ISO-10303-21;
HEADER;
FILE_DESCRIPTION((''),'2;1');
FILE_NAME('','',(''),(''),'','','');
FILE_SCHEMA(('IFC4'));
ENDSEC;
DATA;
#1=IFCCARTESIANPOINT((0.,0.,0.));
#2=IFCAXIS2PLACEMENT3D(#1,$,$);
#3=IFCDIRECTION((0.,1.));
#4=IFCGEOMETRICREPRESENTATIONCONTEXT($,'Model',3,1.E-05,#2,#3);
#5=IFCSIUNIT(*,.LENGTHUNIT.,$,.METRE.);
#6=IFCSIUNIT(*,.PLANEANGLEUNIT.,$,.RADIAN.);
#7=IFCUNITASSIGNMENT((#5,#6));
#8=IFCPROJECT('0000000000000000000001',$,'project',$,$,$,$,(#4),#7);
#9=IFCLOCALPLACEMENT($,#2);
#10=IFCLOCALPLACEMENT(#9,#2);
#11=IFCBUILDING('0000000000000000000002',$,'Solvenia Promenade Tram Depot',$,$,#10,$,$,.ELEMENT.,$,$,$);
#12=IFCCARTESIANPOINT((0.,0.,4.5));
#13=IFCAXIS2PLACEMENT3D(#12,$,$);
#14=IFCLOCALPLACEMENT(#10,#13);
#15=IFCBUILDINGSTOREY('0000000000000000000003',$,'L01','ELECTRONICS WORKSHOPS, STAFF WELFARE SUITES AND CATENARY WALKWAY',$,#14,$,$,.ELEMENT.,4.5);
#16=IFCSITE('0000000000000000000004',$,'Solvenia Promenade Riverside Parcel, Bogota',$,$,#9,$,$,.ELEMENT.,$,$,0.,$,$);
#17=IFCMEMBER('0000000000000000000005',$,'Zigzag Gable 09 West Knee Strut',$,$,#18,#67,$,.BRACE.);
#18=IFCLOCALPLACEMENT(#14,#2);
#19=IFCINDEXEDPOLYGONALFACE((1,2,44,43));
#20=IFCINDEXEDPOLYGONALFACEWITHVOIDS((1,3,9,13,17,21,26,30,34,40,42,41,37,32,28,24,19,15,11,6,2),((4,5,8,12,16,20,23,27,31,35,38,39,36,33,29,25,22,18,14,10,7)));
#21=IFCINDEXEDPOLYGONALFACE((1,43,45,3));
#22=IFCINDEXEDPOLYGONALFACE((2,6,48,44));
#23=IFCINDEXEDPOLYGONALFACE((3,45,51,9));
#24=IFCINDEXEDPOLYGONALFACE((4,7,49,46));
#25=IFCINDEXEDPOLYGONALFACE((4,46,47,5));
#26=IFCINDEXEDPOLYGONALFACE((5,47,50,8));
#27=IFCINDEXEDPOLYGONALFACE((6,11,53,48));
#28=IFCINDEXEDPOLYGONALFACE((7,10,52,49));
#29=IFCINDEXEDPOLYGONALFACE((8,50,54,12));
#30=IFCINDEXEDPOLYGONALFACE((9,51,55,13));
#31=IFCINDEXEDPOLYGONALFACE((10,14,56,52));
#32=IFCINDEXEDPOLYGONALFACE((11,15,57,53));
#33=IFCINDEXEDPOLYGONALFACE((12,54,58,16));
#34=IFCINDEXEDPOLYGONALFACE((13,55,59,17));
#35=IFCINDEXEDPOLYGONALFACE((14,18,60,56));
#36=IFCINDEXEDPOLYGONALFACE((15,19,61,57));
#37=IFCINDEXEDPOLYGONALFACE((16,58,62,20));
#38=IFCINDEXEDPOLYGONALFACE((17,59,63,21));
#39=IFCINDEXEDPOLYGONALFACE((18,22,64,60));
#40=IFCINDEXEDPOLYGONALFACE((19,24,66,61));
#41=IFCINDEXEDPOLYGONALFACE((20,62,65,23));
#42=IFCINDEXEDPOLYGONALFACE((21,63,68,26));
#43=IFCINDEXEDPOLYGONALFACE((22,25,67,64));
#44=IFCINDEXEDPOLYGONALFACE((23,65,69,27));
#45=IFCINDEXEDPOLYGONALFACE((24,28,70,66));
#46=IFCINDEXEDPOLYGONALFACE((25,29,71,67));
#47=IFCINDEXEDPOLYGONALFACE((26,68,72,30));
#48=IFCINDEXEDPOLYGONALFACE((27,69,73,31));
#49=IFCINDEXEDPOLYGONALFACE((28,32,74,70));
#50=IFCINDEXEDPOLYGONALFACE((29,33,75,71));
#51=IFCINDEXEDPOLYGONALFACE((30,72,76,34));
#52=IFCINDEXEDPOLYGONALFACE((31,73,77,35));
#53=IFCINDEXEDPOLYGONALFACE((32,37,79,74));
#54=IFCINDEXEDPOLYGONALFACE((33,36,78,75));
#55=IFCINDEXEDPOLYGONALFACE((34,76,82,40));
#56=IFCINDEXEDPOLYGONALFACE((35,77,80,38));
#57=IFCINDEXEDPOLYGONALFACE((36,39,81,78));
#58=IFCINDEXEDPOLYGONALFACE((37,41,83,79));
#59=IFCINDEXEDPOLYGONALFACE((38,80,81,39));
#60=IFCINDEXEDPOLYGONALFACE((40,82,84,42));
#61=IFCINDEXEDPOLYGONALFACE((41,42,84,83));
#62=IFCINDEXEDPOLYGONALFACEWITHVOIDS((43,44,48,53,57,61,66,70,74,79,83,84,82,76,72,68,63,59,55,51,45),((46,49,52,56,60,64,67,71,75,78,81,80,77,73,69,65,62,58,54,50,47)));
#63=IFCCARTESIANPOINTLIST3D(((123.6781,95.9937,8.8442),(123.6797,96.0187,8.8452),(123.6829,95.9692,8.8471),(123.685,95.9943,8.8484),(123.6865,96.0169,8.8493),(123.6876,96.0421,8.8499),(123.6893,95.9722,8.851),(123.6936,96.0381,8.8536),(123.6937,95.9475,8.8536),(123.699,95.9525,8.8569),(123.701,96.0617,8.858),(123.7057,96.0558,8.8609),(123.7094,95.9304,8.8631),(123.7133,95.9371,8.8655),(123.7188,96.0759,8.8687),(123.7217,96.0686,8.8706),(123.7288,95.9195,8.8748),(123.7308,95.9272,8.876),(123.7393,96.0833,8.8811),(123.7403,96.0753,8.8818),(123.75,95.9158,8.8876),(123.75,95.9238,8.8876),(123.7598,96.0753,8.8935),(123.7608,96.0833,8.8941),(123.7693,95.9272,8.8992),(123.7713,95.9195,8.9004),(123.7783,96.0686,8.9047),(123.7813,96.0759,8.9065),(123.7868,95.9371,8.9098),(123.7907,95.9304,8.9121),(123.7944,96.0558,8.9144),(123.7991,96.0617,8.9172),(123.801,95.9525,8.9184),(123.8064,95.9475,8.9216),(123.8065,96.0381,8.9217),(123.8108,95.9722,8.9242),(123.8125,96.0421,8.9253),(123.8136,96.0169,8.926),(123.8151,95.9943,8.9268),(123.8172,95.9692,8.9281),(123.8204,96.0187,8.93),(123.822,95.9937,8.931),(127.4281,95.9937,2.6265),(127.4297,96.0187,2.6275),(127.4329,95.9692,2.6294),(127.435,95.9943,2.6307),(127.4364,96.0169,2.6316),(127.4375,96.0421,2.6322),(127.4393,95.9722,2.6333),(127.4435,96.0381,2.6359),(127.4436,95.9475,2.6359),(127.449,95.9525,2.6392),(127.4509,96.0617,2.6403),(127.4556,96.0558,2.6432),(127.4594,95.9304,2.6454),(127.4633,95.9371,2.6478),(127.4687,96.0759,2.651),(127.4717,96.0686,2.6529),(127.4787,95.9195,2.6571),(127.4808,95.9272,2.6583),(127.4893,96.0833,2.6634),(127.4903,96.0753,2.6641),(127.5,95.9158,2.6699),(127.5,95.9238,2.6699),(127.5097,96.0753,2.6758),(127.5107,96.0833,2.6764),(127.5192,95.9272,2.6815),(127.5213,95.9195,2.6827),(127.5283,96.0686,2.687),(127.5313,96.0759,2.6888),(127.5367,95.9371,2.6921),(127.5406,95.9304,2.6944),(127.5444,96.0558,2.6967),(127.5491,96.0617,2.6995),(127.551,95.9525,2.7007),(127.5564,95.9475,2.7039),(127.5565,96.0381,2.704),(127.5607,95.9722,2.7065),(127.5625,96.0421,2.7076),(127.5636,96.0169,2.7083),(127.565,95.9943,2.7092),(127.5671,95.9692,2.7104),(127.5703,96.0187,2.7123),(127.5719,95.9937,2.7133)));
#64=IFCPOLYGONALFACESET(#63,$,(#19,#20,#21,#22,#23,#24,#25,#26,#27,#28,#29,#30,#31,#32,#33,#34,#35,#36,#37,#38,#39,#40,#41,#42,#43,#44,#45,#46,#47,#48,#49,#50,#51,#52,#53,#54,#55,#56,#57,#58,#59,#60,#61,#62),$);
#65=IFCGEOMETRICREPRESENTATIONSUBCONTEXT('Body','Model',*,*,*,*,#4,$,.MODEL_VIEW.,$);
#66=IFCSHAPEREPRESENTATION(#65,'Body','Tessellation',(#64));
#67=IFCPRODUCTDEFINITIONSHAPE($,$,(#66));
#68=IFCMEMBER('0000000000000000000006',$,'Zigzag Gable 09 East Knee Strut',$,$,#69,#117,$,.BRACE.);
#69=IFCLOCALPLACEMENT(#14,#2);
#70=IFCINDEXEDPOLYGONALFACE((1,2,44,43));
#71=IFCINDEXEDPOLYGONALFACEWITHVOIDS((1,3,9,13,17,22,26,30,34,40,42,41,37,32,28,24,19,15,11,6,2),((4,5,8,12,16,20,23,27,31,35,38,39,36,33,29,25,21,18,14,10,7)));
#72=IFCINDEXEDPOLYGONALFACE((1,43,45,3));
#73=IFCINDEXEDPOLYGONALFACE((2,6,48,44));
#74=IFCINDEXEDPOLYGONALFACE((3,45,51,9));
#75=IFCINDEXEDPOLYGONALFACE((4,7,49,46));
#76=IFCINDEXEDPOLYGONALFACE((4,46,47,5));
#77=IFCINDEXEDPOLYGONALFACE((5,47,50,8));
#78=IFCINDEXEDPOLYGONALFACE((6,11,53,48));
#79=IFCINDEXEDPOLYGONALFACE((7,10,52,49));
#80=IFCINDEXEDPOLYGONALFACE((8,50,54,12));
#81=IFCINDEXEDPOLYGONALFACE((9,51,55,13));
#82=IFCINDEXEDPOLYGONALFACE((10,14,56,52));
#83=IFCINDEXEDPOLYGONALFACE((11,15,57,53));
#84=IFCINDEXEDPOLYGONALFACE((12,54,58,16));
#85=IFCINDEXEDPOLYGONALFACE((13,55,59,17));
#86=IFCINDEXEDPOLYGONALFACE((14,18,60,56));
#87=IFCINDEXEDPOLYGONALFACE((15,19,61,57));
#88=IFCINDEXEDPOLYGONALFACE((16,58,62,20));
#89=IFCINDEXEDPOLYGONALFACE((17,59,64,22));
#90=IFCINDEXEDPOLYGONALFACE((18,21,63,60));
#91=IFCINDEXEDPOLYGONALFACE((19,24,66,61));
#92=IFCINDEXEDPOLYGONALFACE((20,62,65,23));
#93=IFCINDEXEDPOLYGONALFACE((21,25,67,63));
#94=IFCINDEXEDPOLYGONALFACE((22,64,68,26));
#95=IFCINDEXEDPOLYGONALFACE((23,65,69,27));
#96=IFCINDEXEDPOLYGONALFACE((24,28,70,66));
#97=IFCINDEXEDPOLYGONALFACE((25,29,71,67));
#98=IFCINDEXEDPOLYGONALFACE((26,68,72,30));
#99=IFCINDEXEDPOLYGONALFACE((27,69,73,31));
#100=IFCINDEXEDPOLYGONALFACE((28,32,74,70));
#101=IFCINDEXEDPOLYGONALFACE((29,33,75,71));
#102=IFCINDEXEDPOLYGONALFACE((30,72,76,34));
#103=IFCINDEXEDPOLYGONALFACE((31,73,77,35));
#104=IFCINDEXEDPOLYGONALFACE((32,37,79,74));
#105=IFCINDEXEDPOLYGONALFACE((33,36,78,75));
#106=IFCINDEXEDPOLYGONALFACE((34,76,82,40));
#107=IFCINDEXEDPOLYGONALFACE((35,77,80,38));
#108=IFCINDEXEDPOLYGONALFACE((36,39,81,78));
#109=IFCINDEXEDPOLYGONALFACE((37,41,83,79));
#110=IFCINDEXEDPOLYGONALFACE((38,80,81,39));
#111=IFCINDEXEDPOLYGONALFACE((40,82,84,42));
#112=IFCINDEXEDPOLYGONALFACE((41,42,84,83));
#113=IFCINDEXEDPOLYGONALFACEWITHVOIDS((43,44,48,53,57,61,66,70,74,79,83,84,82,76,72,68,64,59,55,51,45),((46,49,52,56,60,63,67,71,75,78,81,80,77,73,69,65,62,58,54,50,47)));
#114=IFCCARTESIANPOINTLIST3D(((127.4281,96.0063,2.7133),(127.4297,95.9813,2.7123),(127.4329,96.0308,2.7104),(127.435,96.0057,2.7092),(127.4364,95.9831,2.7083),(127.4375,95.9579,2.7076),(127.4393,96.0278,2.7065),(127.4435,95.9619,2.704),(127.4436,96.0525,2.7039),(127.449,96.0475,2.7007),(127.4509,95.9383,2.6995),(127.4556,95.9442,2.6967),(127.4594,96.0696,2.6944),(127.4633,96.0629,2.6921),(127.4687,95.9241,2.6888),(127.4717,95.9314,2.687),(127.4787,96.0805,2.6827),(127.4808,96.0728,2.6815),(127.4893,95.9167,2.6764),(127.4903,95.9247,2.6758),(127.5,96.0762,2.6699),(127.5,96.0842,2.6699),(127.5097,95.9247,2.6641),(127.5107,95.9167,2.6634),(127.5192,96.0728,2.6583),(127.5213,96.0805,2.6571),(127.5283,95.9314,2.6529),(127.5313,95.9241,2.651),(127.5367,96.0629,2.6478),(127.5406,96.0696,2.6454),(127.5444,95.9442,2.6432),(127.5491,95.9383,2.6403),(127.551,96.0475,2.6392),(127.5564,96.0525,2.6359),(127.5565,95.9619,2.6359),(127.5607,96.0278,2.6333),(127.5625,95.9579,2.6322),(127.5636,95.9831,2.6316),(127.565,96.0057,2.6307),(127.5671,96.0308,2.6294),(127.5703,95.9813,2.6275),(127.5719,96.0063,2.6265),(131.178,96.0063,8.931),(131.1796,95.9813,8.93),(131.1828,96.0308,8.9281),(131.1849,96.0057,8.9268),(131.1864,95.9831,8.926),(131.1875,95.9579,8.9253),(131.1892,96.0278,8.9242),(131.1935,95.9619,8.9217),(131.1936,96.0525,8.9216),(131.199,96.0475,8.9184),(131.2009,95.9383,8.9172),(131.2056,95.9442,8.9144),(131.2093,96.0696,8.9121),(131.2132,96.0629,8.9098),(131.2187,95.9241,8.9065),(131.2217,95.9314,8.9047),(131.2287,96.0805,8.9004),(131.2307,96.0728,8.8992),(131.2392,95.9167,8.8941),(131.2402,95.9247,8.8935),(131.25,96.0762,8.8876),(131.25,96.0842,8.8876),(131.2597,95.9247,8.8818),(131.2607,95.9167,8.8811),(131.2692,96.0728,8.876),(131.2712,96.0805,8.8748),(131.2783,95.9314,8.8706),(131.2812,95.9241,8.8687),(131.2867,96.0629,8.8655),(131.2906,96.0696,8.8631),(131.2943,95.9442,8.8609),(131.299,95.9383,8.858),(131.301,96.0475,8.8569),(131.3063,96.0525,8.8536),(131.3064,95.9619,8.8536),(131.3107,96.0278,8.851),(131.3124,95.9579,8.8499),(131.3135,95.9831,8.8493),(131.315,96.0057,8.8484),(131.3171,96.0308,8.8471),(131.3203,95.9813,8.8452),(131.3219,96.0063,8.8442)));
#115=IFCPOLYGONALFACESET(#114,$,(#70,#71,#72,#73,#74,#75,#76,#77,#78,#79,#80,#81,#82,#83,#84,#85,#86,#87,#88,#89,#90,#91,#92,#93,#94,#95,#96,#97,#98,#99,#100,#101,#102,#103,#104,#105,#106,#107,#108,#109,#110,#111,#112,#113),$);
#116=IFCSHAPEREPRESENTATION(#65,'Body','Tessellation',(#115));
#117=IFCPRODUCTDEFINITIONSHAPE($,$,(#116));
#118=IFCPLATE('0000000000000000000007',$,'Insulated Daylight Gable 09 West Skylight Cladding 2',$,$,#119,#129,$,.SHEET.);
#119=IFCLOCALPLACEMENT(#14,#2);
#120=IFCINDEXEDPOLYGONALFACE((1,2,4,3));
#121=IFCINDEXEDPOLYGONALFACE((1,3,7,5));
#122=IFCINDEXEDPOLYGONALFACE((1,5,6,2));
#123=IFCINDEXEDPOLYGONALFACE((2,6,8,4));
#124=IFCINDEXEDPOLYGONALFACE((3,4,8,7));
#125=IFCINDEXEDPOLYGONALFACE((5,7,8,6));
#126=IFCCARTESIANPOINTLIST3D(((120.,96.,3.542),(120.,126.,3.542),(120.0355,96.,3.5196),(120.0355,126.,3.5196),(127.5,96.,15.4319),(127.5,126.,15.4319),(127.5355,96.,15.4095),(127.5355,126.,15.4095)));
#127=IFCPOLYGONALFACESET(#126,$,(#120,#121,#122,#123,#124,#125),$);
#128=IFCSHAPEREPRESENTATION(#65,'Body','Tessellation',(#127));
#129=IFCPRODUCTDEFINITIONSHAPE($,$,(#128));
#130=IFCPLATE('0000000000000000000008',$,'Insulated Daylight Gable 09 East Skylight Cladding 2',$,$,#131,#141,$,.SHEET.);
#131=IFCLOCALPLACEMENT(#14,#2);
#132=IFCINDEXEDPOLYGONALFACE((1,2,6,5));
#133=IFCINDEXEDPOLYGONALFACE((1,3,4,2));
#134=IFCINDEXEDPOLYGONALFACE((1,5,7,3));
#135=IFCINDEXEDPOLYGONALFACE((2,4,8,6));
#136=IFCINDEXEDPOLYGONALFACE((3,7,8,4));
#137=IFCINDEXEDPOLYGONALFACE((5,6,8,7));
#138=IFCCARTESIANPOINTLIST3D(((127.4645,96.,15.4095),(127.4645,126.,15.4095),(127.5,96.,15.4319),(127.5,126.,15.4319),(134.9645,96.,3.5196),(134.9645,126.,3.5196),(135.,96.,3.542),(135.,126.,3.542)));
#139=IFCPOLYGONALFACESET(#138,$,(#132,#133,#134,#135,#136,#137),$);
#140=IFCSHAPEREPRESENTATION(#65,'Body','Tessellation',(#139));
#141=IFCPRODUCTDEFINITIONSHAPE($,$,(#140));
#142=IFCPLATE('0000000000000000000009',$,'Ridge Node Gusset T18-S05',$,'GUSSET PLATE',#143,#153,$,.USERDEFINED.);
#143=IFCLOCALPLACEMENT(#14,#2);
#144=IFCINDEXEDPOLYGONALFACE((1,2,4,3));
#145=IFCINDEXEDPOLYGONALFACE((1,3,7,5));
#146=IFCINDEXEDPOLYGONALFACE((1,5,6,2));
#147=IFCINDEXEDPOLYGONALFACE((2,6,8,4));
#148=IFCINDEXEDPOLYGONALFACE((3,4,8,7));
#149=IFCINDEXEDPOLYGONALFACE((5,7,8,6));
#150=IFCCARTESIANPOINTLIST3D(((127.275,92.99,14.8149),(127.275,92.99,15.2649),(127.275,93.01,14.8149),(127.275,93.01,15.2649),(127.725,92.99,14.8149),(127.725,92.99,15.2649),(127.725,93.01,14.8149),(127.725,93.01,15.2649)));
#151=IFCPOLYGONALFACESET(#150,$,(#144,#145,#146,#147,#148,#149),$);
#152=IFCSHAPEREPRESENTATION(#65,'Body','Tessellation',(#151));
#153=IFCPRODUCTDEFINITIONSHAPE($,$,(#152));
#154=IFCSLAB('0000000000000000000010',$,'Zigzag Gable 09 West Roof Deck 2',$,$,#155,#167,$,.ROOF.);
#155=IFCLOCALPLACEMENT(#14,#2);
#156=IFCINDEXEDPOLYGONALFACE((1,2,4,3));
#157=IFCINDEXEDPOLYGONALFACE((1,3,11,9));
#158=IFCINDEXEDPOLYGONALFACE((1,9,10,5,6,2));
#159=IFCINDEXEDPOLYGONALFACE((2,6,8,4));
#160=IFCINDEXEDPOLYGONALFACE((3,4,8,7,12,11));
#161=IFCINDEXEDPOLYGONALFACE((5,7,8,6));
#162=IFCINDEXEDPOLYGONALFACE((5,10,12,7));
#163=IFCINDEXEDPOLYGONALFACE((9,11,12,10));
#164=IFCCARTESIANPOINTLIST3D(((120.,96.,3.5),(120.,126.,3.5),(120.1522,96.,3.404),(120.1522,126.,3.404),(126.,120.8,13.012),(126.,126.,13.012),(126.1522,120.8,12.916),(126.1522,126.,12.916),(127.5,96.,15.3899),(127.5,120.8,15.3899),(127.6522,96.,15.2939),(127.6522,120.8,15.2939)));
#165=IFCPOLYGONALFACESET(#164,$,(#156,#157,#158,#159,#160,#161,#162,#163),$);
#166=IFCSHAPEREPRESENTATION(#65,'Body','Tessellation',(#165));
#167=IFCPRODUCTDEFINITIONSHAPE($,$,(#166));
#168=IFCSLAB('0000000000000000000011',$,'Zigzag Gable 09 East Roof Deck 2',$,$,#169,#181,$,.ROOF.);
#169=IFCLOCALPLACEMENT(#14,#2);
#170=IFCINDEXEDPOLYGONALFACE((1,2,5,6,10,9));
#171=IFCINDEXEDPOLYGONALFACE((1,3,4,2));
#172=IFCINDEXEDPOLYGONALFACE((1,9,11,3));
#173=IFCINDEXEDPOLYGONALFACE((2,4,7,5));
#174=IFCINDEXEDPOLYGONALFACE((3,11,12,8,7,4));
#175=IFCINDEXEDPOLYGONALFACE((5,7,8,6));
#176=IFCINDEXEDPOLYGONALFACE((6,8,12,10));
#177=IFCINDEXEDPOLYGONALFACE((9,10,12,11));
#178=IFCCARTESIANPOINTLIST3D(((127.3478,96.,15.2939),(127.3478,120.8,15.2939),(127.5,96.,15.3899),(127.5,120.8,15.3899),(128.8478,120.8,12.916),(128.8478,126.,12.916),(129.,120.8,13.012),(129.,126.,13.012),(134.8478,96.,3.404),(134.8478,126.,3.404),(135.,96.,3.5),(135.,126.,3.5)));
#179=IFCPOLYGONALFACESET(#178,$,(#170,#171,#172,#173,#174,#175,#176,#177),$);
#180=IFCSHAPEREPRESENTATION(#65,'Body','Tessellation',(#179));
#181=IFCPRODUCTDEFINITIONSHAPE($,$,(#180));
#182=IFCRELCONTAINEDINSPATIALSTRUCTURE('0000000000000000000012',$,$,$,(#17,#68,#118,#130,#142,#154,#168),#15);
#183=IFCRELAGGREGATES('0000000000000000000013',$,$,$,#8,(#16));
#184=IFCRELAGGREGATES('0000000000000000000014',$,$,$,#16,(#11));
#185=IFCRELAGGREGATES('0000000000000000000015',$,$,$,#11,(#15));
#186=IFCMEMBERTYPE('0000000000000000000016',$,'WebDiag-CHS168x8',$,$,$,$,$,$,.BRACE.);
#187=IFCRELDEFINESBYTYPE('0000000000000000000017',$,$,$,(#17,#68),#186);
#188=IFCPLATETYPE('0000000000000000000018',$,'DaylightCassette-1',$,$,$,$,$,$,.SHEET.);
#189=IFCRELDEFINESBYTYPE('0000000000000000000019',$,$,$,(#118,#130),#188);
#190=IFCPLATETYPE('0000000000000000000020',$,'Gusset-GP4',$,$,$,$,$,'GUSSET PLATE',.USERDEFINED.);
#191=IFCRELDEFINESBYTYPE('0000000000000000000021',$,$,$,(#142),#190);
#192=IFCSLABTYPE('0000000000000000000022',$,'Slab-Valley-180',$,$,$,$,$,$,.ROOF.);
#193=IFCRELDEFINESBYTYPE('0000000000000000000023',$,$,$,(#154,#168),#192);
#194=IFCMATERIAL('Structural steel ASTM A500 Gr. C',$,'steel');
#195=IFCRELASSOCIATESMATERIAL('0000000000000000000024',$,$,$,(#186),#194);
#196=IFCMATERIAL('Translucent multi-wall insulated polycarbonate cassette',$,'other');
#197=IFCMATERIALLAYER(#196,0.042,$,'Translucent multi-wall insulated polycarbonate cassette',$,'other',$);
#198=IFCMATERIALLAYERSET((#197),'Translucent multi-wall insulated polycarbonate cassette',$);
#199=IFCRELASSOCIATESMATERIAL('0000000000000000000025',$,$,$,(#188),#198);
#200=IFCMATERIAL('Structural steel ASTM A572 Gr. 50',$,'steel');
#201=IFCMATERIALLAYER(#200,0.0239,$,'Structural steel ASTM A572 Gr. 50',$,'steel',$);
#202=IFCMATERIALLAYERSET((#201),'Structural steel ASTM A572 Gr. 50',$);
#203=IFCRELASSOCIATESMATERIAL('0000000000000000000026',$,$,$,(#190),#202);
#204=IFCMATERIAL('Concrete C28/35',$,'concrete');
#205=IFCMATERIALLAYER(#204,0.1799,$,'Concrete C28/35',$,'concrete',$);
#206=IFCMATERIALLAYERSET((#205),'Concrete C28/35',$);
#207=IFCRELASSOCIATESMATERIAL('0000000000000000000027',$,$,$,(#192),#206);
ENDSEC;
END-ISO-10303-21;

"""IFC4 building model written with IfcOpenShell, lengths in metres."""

from ifc_helpers import new_model, si_unit, direction, frame, origin, origin_2d, place, context, subcontext, project, spatial, polyline, rectangle, hollow_circle, outline, extrude, material, layer, layer_set, material_profile, profile_set, type_object, element, save


model = new_model("IFC4")

# Units and contexts
model_context = context("Model", 3, precision=1e-05, world=origin(), true_north=direction((0.0, 1.0)))
body_context = subcontext(model_context, "Body", "Model", "MODEL_VIEW")
ifc_project = project(units=[si_unit("LENGTHUNIT", "METRE"), si_unit("PLANEANGLEUNIT", "RADIAN")], contexts=[model_context])

# Site, building, storey
site_placement = place(None, origin())
site = spatial("IfcSite", under=ifc_project, at=site_placement, Name="Solvenia Promenade Riverside Parcel, Bogota", CompositionType="ELEMENT", RefElevation=0.0)
building_placement = place(site_placement, origin())
building = spatial("IfcBuilding", under=site, at=building_placement, Name="Solvenia Promenade Tram Depot", CompositionType="ELEMENT")
storey_placement = place(building_placement, frame((0.0, 0.0, 4.5)))
storey = spatial("IfcBuildingStorey", under=building, at=storey_placement, Name="L01", Description="ELECTRONICS WORKSHOPS, STAFF WELFARE SUITES AND CATENARY WALKWAY", CompositionType="ELEMENT", Elevation=4.5)

# Shared definitions
ifc_material_1 = material(Name="Structural steel ASTM A500 Gr. C", Category="steel")

# Members
ifc_material_profile_1 = material_profile(ifc_material_1, hollow_circle(Radius=0.0842, WallThickness=0.0081, at=origin_2d()), Name="CHS168.3x8", Category="steel")
ifc_profile_set_1 = profile_set([ifc_material_profile_1], Name="Structural steel ASTM A500 Gr. C")
member_type_1 = type_object("IfcMemberType", Name="WebDiag-CHS168x8", PredefinedType="BRACE", material=ifc_profile_set_1)
for number, where, z_axis, x_axis, name in (
    (1, (127.5, 96.0, 2.6699), (-0.516452, 0.0, 0.856316), (0.0, -1.0, 0.0), "Zigzag Gable 09 West Knee Strut"),
    (2, (127.5, 96.0, 2.6699), (0.516452, 0.0, 0.856316), (0.0, 1.0, 0.0), "Zigzag Gable 09 East Knee Strut"),
):
    element("IfcMember", number, at=place(storey_placement, frame(where, z_axis=z_axis, x_axis=x_axis)), inside=storey, type_object=member_type_1, Name=name, PredefinedType="BRACE", context=body_context, shape_type="SweptSolid", body=[
        extrude(hollow_circle(Radius=0.0842, WallThickness=0.0081, at=origin_2d()), origin(), (0.0, 0.0, 1.0), 7.261),
    ])

# Plates
ifc_material_2 = material(Name="Translucent multi-wall insulated polycarbonate cassette", Category="other")
ifc_layer_1 = layer(ifc_material_2, 0.042, Name="Translucent multi-wall insulated polycarbonate cassette", Category="other")
ifc_layer_set_1 = layer_set([ifc_layer_1], Name="Translucent multi-wall insulated polycarbonate cassette")
plate_type_1 = type_object("IfcPlateType", Name="DaylightCassette-1", PredefinedType="SHEET", material=ifc_layer_set_1)
for number, where, z_axis, x_axis, name in (
    (3, (120.0, 96.0, 3.542), (-0.845791, 0.0, 0.533515), (0.0, 1.0, 0.0), "Insulated Daylight Gable 09 West Skylight Cladding 2"),
    (4, (127.5, 96.0, 15.4319), (0.845791, 0.0, 0.533515), (0.0, 1.0, 0.0), "Insulated Daylight Gable 09 East Skylight Cladding 2"),
):
    element("IfcPlate", number, at=place(storey_placement, frame(where, z_axis=z_axis, x_axis=x_axis)), inside=storey, type_object=plate_type_1, Name=name, PredefinedType="SHEET", context=body_context, shape_type="SweptSolid", body=[
        extrude(outline(polyline([(0.0, 0.0), (30.0, 0.0), (30.0, -14.0577), (0.0, -14.0577), (0.0, 0.0)])), origin(), (0.0, 0.0, -1.0), 0.042),
    ])
ifc_material_3 = material(Name="Structural steel ASTM A572 Gr. 50", Category="steel")
ifc_layer_2 = layer(ifc_material_3, 0.0239, Name="Structural steel ASTM A572 Gr. 50", Category="steel")
ifc_layer_set_2 = layer_set([ifc_layer_2], Name="Structural steel ASTM A572 Gr. 50")
plate_type_2 = type_object("IfcPlateType", Name="Gusset-GP4", ElementType="GUSSET PLATE", PredefinedType="USERDEFINED", material=ifc_layer_set_2)
plate_placement = place(storey_placement, frame((127.5, 93.0, 14.8149), z_axis=(0.0, 0.0, 1.0), x_axis=(1.0, 0.0, 0.0)))
element("IfcPlate", 5, at=plate_placement, inside=storey, type_object=plate_type_2, Name="Ridge Node Gusset T18-S05", ObjectType="GUSSET PLATE", PredefinedType="USERDEFINED", context=body_context, shape_type="SweptSolid", body=[
    extrude(rectangle(XDim=0.45, YDim=0.02, at=origin_2d()), origin(), (0.0, 0.0, 1.0), 0.45),
])

# Slabs
ifc_material_4 = material(Name="Concrete C28/35", Category="concrete")
ifc_layer_3 = layer(ifc_material_4, 0.1799, Name="Concrete C28/35", Category="concrete")
ifc_layer_set_3 = layer_set([ifc_layer_3], Name="Concrete C28/35")
slab_type = type_object("IfcSlabType", Name="Slab-Valley-180", PredefinedType="ROOF", material=ifc_layer_set_3)
slab_1_placement = place(storey_placement, frame((120.0, 96.0, 3.5), z_axis=(-0.845791, 0.0, 0.533514), x_axis=(0.0, 1.0, 0.0)))
element("IfcSlab", 6, at=slab_1_placement, inside=storey, type_object=slab_type, Name="Zigzag Gable 09 West Roof Deck 2", PredefinedType="ROOF", context=body_context, shape_type="SweptSolid", body=[
    extrude(outline(polyline([(0.0, 0.0), (30.0, 0.0), (30.0, -11.2462), (24.8, -11.2462), (24.8, -14.0577), (0.0, -14.0577), (0.0, 0.0)])), origin(), (0.0, 0.0, -1.0), 0.1799),
])
slab_2_placement = place(storey_placement, frame((127.5, 96.0, 15.3899), z_axis=(0.845791, 0.0, 0.533514), x_axis=(0.0, 1.0, 0.0)))
element("IfcSlab", 7, at=slab_2_placement, inside=storey, type_object=slab_type, Name="Zigzag Gable 09 East Roof Deck 2", PredefinedType="ROOF", context=body_context, shape_type="SweptSolid", body=[
    extrude(outline(polyline([(0.0, 0.0), (24.8, 0.0), (24.8, -2.8115), (30.0, -2.8115), (30.0, -14.0577), (0.0, -14.0577), (0.0, 0.0)])), origin(), (0.0, 0.0, -1.0), 0.1799),
])

save(model, "model.ifc")
